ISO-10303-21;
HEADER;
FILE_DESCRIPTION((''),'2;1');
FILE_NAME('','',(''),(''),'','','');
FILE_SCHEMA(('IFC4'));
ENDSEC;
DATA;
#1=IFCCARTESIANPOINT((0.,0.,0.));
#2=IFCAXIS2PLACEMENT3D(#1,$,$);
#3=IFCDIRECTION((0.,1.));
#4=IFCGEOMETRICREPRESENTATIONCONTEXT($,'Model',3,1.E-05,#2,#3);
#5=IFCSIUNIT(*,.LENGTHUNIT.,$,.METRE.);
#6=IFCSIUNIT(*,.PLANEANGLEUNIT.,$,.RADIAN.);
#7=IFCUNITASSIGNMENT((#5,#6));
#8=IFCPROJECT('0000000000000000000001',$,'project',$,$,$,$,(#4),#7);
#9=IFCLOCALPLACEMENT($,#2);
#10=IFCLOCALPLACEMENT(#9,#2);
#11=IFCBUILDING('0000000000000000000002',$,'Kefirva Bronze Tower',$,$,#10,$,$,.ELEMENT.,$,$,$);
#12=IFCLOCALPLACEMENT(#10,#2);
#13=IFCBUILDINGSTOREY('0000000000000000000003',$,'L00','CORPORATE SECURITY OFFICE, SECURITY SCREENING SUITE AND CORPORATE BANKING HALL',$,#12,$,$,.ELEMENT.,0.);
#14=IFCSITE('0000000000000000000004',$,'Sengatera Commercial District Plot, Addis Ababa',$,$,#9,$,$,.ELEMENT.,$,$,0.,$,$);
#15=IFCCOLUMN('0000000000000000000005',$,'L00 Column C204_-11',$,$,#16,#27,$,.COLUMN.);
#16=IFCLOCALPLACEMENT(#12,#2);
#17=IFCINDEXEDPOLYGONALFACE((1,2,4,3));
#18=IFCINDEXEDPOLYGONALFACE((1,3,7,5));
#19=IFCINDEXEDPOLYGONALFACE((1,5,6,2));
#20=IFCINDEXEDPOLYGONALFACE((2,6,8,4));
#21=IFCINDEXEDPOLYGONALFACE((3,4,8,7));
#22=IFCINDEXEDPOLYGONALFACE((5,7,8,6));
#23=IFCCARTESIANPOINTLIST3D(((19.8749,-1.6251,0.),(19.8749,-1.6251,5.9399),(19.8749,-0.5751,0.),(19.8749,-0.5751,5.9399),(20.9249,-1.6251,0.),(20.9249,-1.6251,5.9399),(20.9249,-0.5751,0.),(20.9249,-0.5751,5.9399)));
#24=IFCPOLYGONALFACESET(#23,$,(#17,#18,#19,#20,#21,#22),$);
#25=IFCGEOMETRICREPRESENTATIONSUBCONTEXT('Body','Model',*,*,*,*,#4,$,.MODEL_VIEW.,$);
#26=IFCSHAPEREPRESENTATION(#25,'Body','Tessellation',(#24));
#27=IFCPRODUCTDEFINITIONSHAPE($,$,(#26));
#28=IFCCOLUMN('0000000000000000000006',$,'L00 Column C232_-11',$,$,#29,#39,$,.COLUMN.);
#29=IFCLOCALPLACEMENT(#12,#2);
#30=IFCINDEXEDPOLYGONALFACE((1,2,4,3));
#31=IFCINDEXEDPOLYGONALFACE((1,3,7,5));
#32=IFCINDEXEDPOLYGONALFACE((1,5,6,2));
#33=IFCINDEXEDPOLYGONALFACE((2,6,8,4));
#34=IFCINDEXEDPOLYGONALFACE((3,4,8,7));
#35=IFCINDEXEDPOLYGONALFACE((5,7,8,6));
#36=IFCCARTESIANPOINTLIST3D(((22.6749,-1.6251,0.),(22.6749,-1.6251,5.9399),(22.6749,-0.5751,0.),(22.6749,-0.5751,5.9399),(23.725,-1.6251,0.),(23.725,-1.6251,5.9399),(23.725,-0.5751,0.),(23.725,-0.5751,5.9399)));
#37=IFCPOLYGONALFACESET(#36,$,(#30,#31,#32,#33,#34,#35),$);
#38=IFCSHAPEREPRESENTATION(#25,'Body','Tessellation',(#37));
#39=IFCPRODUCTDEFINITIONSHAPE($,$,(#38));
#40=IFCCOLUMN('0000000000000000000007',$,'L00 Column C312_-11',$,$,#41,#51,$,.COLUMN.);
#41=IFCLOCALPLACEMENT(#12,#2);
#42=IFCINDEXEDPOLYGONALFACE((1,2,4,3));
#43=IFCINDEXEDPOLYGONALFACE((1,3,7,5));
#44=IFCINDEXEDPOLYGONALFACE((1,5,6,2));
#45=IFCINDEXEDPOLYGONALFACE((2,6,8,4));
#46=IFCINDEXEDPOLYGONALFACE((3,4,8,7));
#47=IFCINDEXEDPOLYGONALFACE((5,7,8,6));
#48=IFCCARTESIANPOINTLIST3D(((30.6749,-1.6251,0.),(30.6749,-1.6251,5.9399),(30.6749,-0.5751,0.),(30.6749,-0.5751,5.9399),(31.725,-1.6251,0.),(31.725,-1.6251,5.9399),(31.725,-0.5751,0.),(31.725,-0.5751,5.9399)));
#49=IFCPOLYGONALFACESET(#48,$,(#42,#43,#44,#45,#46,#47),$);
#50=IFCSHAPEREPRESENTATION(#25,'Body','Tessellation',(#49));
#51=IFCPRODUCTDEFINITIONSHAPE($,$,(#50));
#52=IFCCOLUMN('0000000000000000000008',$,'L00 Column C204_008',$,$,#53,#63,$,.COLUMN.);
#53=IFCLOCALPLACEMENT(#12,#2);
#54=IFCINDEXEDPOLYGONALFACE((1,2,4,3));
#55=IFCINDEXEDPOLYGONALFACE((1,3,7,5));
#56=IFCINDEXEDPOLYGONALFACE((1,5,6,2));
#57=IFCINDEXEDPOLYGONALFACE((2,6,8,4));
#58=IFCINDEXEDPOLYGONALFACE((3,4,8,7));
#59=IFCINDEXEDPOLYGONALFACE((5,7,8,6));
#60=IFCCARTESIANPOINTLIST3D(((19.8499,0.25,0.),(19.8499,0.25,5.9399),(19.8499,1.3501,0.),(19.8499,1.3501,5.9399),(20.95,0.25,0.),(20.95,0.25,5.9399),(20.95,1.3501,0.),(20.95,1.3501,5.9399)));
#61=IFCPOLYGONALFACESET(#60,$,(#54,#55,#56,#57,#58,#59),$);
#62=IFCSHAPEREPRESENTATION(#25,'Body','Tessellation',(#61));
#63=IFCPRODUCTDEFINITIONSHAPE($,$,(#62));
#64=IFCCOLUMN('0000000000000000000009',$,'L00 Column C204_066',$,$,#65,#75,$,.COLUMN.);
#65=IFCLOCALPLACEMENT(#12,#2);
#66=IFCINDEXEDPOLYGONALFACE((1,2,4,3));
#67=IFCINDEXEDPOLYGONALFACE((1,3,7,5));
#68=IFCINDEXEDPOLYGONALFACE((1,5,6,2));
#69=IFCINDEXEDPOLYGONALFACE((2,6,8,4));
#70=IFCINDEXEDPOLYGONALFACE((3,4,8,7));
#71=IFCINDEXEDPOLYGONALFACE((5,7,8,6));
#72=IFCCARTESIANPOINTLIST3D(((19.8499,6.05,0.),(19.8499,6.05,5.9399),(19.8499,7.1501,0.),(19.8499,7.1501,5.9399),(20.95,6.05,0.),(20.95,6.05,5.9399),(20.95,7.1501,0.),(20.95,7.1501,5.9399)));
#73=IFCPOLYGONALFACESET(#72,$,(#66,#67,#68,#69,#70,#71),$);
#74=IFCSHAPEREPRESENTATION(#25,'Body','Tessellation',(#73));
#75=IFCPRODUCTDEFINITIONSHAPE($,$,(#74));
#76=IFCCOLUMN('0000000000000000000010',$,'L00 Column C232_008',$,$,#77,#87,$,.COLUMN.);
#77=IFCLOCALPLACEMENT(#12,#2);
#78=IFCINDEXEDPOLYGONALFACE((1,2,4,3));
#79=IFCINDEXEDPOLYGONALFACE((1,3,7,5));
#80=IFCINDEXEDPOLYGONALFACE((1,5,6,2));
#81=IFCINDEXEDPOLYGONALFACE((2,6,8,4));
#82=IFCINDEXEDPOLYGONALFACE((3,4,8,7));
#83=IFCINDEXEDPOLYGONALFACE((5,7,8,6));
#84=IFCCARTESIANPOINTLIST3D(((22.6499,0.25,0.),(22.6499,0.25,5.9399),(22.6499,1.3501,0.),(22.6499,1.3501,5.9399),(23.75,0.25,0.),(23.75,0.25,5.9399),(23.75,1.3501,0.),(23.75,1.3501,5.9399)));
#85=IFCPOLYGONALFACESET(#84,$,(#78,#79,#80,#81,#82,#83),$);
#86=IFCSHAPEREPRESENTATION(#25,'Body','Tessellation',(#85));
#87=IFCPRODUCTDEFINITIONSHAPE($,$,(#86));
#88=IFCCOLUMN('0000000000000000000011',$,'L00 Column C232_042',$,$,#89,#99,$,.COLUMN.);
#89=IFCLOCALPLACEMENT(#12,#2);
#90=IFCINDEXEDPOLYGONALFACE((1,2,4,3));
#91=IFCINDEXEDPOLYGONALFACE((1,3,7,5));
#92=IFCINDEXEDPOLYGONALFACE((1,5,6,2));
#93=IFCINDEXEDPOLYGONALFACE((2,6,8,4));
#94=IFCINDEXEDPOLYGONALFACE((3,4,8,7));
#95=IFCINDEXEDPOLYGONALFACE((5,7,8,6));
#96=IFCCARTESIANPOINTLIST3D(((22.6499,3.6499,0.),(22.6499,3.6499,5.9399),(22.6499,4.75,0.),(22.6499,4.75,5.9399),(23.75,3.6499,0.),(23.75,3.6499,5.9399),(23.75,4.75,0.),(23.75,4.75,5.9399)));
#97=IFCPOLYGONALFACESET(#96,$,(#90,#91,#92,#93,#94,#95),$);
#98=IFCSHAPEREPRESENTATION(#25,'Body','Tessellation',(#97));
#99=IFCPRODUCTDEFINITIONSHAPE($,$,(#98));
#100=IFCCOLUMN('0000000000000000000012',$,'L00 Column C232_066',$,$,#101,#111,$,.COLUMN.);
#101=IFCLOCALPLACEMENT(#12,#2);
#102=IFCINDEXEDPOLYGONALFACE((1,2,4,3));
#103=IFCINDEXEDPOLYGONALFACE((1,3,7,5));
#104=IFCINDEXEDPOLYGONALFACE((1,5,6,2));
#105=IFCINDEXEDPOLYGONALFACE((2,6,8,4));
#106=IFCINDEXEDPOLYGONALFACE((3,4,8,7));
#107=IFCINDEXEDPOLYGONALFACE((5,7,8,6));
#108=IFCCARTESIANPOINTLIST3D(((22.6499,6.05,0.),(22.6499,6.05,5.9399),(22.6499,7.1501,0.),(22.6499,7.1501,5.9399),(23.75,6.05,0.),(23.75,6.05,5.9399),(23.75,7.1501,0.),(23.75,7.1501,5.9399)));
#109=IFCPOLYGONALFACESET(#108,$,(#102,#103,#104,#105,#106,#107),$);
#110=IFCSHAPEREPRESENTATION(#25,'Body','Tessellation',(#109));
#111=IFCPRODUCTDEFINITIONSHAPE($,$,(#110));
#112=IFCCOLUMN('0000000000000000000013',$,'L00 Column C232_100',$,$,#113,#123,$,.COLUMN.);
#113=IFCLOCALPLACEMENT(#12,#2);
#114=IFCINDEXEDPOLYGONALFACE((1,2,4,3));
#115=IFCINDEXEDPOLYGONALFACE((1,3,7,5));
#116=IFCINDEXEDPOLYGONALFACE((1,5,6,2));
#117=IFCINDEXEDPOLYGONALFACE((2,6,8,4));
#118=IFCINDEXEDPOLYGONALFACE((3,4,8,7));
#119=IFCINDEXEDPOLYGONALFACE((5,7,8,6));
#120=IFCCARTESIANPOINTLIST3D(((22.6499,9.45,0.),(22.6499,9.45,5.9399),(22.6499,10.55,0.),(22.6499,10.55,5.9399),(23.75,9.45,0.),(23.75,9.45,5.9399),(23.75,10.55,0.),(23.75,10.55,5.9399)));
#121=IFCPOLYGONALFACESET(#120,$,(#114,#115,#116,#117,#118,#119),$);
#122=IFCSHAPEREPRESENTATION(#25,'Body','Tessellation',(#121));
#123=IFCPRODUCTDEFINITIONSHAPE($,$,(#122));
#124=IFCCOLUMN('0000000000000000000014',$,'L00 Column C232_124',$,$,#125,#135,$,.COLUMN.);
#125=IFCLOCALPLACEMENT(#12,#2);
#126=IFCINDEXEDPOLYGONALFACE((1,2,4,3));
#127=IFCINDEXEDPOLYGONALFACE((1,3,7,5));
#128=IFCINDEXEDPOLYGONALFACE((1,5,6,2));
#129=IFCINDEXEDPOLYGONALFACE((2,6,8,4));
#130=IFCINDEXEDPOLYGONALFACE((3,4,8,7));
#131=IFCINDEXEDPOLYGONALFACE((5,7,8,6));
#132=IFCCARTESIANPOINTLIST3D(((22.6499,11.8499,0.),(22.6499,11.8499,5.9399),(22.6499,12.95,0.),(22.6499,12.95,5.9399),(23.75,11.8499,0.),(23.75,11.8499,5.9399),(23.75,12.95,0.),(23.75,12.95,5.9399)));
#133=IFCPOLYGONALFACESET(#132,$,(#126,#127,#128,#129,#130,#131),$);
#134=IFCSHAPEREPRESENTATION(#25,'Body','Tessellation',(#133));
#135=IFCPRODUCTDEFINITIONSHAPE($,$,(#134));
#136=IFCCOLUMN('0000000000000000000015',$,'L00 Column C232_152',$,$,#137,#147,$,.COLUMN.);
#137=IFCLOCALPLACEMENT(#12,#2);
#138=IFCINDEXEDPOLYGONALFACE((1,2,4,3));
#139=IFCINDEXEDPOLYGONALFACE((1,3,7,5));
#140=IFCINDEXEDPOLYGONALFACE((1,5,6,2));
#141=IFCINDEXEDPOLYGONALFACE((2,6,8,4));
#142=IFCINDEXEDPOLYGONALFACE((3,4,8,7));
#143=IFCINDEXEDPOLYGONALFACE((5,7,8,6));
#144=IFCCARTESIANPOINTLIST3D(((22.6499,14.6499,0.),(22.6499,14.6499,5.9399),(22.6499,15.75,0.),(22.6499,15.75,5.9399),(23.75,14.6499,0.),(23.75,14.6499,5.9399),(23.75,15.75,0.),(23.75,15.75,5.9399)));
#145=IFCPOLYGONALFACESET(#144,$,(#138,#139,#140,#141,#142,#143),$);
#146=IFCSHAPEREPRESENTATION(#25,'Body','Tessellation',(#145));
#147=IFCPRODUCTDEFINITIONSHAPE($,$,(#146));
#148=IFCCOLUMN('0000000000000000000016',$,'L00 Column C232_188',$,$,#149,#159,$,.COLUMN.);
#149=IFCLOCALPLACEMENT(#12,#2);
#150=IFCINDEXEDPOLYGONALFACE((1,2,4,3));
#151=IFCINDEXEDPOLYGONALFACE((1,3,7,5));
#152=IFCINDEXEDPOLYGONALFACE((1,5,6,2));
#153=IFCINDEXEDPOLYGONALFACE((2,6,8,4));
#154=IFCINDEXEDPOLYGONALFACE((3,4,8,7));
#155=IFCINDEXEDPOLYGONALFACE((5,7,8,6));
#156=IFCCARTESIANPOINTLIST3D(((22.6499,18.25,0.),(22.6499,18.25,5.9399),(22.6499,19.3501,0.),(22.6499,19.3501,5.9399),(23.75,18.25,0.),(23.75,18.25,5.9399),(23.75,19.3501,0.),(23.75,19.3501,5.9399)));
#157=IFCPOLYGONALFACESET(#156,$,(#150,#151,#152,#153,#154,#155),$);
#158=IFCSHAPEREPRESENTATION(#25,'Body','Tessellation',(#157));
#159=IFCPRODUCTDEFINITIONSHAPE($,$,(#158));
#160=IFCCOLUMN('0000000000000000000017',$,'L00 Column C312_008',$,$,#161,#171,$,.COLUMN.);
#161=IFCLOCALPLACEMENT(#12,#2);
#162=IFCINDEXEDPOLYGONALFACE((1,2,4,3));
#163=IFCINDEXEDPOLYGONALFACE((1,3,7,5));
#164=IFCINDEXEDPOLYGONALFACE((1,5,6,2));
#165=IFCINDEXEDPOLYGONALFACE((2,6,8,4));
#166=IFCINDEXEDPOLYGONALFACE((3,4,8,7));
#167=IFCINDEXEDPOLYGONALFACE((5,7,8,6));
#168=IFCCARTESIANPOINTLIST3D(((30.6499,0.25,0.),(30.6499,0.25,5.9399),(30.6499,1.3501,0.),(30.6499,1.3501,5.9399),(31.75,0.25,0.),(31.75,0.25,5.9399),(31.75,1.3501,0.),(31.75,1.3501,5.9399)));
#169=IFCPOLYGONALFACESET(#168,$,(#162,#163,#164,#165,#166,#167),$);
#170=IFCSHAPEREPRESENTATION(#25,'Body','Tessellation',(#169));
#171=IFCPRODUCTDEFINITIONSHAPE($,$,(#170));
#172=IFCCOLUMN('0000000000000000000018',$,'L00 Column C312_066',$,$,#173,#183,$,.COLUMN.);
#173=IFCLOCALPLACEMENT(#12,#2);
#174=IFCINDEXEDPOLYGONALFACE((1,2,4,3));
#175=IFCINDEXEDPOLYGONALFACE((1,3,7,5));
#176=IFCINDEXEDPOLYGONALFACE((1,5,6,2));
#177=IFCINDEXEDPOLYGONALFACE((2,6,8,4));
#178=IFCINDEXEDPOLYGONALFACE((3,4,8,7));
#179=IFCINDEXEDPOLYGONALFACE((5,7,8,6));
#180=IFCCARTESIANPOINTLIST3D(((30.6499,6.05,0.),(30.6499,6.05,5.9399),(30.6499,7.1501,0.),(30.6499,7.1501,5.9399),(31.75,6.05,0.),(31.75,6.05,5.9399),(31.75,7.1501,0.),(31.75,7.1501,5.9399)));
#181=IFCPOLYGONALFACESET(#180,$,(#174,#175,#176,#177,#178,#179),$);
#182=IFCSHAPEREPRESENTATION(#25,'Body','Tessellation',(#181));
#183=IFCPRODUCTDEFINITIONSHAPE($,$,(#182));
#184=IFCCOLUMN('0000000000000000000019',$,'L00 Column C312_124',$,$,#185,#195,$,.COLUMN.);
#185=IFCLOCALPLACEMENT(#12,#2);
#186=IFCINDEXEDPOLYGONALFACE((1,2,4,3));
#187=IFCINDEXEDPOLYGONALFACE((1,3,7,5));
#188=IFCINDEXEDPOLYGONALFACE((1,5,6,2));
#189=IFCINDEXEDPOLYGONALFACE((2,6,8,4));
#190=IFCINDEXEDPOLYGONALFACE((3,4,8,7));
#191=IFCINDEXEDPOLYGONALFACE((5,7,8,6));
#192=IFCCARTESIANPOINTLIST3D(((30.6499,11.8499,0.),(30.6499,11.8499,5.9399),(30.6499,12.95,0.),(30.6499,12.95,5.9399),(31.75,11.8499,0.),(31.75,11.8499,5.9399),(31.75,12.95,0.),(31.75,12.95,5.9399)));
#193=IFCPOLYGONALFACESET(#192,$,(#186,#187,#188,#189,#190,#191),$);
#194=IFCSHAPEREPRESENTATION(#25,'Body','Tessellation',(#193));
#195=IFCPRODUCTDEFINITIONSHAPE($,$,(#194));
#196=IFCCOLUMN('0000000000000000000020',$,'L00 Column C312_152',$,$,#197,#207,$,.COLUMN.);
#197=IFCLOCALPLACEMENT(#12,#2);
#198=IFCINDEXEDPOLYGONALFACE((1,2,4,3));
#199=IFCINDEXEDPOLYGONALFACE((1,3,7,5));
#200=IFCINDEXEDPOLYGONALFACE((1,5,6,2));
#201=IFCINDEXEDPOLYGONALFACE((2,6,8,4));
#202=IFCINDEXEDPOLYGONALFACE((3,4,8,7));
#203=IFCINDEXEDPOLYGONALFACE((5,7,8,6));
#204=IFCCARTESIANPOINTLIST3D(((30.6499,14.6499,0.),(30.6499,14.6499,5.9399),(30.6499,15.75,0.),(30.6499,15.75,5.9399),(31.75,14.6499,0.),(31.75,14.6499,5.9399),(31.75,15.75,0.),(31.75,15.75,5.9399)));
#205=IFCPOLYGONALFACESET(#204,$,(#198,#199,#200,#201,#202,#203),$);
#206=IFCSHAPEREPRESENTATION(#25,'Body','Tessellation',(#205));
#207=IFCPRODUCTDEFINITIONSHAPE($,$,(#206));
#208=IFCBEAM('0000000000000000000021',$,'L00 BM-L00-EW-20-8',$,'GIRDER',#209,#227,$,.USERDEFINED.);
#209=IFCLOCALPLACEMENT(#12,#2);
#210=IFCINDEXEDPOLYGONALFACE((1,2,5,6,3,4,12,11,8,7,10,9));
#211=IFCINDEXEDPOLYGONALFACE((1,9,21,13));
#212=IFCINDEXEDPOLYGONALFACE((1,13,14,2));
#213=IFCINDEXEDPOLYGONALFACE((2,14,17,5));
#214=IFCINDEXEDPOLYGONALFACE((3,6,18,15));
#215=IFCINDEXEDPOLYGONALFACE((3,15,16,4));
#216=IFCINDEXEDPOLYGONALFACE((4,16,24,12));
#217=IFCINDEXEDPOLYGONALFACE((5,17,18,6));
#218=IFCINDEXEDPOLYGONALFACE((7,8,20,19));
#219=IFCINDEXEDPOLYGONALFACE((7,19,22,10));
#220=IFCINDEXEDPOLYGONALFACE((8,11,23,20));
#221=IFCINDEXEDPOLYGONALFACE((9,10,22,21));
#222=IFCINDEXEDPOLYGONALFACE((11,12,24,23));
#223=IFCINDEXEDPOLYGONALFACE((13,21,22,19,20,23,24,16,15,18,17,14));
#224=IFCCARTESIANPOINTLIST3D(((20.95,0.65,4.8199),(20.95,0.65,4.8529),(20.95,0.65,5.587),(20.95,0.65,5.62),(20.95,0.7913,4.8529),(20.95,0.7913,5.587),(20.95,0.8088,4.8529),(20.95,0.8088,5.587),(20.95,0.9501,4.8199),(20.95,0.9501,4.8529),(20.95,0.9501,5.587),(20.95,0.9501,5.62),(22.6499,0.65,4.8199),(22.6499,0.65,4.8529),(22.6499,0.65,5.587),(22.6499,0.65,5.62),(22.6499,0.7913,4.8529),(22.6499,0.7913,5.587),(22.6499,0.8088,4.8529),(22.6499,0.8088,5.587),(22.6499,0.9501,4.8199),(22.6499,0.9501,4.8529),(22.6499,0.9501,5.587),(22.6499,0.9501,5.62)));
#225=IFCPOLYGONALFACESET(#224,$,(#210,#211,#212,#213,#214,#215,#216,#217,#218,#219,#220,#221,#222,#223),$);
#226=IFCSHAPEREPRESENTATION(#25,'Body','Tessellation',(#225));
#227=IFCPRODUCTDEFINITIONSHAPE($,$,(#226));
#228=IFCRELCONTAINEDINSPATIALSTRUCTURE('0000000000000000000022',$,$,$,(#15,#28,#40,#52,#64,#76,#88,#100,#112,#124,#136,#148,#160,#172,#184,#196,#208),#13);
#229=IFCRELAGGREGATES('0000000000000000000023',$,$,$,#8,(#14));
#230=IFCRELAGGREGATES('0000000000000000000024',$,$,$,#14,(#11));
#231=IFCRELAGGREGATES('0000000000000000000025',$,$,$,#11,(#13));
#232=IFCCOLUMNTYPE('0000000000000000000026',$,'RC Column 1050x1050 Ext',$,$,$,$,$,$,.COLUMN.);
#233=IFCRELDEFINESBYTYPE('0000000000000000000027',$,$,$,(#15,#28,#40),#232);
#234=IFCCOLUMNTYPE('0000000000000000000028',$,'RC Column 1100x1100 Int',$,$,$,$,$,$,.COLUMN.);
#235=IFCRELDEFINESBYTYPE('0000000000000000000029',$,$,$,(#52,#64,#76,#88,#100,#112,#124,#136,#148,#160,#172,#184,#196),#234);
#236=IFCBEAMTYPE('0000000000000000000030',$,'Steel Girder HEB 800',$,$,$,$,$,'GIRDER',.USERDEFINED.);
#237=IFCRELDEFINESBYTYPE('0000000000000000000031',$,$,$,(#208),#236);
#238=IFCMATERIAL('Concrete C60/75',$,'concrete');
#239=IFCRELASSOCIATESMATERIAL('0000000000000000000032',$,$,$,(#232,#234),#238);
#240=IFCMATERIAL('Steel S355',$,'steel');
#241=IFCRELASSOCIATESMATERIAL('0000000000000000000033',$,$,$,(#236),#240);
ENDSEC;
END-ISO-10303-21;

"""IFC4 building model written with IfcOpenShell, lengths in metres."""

from ifc_helpers import new_model, si_unit, direction, frame, origin, origin_2d, place, context, subcontext, project, spatial, rectangle, i_section, extrude, material, material_profile, profile_set, type_object, element, save


model = new_model("IFC4")

# Units and contexts
model_context = context("Model", 3, precision=1e-05, world=origin(), true_north=direction((0.0, 1.0)))
body_context = subcontext(model_context, "Body", "Model", "MODEL_VIEW")
ifc_project = project(units=[si_unit("LENGTHUNIT", "METRE"), si_unit("PLANEANGLEUNIT", "RADIAN")], contexts=[model_context])

# Site, building, storey
site_placement = place(None, origin())
site = spatial("IfcSite", under=ifc_project, at=site_placement, Name="Sengatera Commercial District Plot, Addis Ababa", CompositionType="ELEMENT", RefElevation=0.0)
building_placement = place(site_placement, origin())
building = spatial("IfcBuilding", under=site, at=building_placement, Name="Kefirva Bronze Tower", CompositionType="ELEMENT")
storey_placement = place(building_placement, origin())
storey = spatial("IfcBuildingStorey", under=building, at=storey_placement, Name="L00", Description="CORPORATE SECURITY OFFICE, SECURITY SCREENING SUITE AND CORPORATE BANKING HALL", CompositionType="ELEMENT", Elevation=0.0)

# Columns
ifc_material_1 = material(Name="Concrete C60/75", Category="concrete")
ifc_material_profile_1 = material_profile(ifc_material_1, rectangle(XDim=1.05, YDim=1.05, at=origin_2d()), Name="RC 1050x1050")
ifc_profile_set_1 = profile_set([ifc_material_profile_1], Name="Concrete C60/75")
column_type_1 = type_object("IfcColumnType", Name="RC Column 1050x1050 Ext", PredefinedType="COLUMN", material=ifc_profile_set_1)
for number, where, z_axis, x_axis, name in (
    (1, (20.3999, -1.1001, 0.0), (0.0, 0.0, 1.0), (1.0, 0.0, 0.0), "L00 Column C204_-11"),
    (2, (23.2, -1.1001, 0.0), (0.0, 0.0, 1.0), (1.0, 0.0, 0.0), "L00 Column C232_-11"),
    (3, (31.2, -1.1001, 0.0), (0.0, 0.0, 1.0), (1.0, 0.0, 0.0), "L00 Column C312_-11"),
):
    element("IfcColumn", number, at=place(storey_placement, frame(where, z_axis=z_axis, x_axis=x_axis)), inside=storey, type_object=column_type_1, Name=name, PredefinedType="COLUMN", context=body_context, shape_type="SweptSolid", body=[
        extrude(rectangle(XDim=1.05, YDim=1.05, at=origin_2d()), origin(), (0.0, 0.0, 1.0), 5.9399),
    ])
ifc_material_profile_2 = material_profile(ifc_material_1, rectangle(XDim=1.1001, YDim=1.1001, at=origin_2d()), Name="RC 1100x1100")
ifc_profile_set_2 = profile_set([ifc_material_profile_2], Name="Concrete C60/75")
column_type_2 = type_object("IfcColumnType", Name="RC Column 1100x1100 Int", PredefinedType="COLUMN", material=ifc_profile_set_2)
for number, where, z_axis, x_axis, name in (
    (4, (20.3999, 0.8, 0.0), (0.0, 0.0, 1.0), (1.0, 0.0, 0.0), "L00 Column C204_008"),
    (5, (20.3999, 6.6001, 0.0), (0.0, 0.0, 1.0), (1.0, 0.0, 0.0), "L00 Column C204_066"),
    (6, (23.2, 0.8, 0.0), (0.0, 0.0, 1.0), (1.0, 0.0, 0.0), "L00 Column C232_008"),
    (7, (23.2, 4.2, 0.0), (0.0, 0.0, 1.0), (1.0, 0.0, 0.0), "L00 Column C232_042"),
    (8, (23.2, 6.6001, 0.0), (0.0, 0.0, 1.0), (1.0, 0.0, 0.0), "L00 Column C232_066"),
    (9, (23.2, 10.0, 0.0), (0.0, 0.0, 1.0), (1.0, 0.0, 0.0), "L00 Column C232_100"),
    (10, (23.2, 12.3999, 0.0), (0.0, 0.0, 1.0), (1.0, 0.0, 0.0), "L00 Column C232_124"),
    (11, (23.2, 15.2, 0.0), (0.0, 0.0, 1.0), (1.0, 0.0, 0.0), "L00 Column C232_152"),
    (12, (23.2, 18.8, 0.0), (0.0, 0.0, 1.0), (1.0, 0.0, 0.0), "L00 Column C232_188"),
    (13, (31.2, 0.8, 0.0), (0.0, 0.0, 1.0), (1.0, 0.0, 0.0), "L00 Column C312_008"),
    (14, (31.2, 6.6001, 0.0), (0.0, 0.0, 1.0), (1.0, 0.0, 0.0), "L00 Column C312_066"),
    (15, (31.2, 12.3999, 0.0), (0.0, 0.0, 1.0), (1.0, 0.0, 0.0), "L00 Column C312_124"),
    (16, (31.2, 15.2, 0.0), (0.0, 0.0, 1.0), (1.0, 0.0, 0.0), "L00 Column C312_152"),
):
    element("IfcColumn", number, at=place(storey_placement, frame(where, z_axis=z_axis, x_axis=x_axis)), inside=storey, type_object=column_type_2, Name=name, PredefinedType="COLUMN", context=body_context, shape_type="SweptSolid", body=[
        extrude(rectangle(XDim=1.1001, YDim=1.1001, at=origin_2d()), origin(), (0.0, 0.0, 1.0), 5.9399),
    ])

# Beam
ifc_material_2 = material(Name="Steel S355", Category="steel")
ifc_material_profile_3 = material_profile(ifc_material_2, i_section(OverallWidth=0.3, OverallDepth=0.8, WebThickness=0.0176, FlangeThickness=0.033, at=origin_2d()), Name="HEB 800")
ifc_profile_set_3 = profile_set([ifc_material_profile_3], Name="Steel S355")
beam_type_1 = type_object("IfcBeamType", Name="Steel Girder HEB 800", ElementType="GIRDER", PredefinedType="USERDEFINED", material=ifc_profile_set_3)
beam_1_placement = place(storey_placement, frame((20.95, 0.8, 5.22), z_axis=(1.0, 0.0, 0.0), x_axis=(0.0, 1.0, 0.0)))
element("IfcBeam", 17, at=beam_1_placement, inside=storey, type_object=beam_type_1, Name="L00 BM-L00-EW-20-8", ObjectType="GIRDER", PredefinedType="USERDEFINED", context=body_context, shape_type="SweptSolid", body=[
    extrude(i_section(OverallWidth=0.3, OverallDepth=0.8, WebThickness=0.0176, FlangeThickness=0.033, at=origin_2d()), origin(), (0.0, 0.0, 1.0), 1.7),
])

save(model, "model.ifc")
